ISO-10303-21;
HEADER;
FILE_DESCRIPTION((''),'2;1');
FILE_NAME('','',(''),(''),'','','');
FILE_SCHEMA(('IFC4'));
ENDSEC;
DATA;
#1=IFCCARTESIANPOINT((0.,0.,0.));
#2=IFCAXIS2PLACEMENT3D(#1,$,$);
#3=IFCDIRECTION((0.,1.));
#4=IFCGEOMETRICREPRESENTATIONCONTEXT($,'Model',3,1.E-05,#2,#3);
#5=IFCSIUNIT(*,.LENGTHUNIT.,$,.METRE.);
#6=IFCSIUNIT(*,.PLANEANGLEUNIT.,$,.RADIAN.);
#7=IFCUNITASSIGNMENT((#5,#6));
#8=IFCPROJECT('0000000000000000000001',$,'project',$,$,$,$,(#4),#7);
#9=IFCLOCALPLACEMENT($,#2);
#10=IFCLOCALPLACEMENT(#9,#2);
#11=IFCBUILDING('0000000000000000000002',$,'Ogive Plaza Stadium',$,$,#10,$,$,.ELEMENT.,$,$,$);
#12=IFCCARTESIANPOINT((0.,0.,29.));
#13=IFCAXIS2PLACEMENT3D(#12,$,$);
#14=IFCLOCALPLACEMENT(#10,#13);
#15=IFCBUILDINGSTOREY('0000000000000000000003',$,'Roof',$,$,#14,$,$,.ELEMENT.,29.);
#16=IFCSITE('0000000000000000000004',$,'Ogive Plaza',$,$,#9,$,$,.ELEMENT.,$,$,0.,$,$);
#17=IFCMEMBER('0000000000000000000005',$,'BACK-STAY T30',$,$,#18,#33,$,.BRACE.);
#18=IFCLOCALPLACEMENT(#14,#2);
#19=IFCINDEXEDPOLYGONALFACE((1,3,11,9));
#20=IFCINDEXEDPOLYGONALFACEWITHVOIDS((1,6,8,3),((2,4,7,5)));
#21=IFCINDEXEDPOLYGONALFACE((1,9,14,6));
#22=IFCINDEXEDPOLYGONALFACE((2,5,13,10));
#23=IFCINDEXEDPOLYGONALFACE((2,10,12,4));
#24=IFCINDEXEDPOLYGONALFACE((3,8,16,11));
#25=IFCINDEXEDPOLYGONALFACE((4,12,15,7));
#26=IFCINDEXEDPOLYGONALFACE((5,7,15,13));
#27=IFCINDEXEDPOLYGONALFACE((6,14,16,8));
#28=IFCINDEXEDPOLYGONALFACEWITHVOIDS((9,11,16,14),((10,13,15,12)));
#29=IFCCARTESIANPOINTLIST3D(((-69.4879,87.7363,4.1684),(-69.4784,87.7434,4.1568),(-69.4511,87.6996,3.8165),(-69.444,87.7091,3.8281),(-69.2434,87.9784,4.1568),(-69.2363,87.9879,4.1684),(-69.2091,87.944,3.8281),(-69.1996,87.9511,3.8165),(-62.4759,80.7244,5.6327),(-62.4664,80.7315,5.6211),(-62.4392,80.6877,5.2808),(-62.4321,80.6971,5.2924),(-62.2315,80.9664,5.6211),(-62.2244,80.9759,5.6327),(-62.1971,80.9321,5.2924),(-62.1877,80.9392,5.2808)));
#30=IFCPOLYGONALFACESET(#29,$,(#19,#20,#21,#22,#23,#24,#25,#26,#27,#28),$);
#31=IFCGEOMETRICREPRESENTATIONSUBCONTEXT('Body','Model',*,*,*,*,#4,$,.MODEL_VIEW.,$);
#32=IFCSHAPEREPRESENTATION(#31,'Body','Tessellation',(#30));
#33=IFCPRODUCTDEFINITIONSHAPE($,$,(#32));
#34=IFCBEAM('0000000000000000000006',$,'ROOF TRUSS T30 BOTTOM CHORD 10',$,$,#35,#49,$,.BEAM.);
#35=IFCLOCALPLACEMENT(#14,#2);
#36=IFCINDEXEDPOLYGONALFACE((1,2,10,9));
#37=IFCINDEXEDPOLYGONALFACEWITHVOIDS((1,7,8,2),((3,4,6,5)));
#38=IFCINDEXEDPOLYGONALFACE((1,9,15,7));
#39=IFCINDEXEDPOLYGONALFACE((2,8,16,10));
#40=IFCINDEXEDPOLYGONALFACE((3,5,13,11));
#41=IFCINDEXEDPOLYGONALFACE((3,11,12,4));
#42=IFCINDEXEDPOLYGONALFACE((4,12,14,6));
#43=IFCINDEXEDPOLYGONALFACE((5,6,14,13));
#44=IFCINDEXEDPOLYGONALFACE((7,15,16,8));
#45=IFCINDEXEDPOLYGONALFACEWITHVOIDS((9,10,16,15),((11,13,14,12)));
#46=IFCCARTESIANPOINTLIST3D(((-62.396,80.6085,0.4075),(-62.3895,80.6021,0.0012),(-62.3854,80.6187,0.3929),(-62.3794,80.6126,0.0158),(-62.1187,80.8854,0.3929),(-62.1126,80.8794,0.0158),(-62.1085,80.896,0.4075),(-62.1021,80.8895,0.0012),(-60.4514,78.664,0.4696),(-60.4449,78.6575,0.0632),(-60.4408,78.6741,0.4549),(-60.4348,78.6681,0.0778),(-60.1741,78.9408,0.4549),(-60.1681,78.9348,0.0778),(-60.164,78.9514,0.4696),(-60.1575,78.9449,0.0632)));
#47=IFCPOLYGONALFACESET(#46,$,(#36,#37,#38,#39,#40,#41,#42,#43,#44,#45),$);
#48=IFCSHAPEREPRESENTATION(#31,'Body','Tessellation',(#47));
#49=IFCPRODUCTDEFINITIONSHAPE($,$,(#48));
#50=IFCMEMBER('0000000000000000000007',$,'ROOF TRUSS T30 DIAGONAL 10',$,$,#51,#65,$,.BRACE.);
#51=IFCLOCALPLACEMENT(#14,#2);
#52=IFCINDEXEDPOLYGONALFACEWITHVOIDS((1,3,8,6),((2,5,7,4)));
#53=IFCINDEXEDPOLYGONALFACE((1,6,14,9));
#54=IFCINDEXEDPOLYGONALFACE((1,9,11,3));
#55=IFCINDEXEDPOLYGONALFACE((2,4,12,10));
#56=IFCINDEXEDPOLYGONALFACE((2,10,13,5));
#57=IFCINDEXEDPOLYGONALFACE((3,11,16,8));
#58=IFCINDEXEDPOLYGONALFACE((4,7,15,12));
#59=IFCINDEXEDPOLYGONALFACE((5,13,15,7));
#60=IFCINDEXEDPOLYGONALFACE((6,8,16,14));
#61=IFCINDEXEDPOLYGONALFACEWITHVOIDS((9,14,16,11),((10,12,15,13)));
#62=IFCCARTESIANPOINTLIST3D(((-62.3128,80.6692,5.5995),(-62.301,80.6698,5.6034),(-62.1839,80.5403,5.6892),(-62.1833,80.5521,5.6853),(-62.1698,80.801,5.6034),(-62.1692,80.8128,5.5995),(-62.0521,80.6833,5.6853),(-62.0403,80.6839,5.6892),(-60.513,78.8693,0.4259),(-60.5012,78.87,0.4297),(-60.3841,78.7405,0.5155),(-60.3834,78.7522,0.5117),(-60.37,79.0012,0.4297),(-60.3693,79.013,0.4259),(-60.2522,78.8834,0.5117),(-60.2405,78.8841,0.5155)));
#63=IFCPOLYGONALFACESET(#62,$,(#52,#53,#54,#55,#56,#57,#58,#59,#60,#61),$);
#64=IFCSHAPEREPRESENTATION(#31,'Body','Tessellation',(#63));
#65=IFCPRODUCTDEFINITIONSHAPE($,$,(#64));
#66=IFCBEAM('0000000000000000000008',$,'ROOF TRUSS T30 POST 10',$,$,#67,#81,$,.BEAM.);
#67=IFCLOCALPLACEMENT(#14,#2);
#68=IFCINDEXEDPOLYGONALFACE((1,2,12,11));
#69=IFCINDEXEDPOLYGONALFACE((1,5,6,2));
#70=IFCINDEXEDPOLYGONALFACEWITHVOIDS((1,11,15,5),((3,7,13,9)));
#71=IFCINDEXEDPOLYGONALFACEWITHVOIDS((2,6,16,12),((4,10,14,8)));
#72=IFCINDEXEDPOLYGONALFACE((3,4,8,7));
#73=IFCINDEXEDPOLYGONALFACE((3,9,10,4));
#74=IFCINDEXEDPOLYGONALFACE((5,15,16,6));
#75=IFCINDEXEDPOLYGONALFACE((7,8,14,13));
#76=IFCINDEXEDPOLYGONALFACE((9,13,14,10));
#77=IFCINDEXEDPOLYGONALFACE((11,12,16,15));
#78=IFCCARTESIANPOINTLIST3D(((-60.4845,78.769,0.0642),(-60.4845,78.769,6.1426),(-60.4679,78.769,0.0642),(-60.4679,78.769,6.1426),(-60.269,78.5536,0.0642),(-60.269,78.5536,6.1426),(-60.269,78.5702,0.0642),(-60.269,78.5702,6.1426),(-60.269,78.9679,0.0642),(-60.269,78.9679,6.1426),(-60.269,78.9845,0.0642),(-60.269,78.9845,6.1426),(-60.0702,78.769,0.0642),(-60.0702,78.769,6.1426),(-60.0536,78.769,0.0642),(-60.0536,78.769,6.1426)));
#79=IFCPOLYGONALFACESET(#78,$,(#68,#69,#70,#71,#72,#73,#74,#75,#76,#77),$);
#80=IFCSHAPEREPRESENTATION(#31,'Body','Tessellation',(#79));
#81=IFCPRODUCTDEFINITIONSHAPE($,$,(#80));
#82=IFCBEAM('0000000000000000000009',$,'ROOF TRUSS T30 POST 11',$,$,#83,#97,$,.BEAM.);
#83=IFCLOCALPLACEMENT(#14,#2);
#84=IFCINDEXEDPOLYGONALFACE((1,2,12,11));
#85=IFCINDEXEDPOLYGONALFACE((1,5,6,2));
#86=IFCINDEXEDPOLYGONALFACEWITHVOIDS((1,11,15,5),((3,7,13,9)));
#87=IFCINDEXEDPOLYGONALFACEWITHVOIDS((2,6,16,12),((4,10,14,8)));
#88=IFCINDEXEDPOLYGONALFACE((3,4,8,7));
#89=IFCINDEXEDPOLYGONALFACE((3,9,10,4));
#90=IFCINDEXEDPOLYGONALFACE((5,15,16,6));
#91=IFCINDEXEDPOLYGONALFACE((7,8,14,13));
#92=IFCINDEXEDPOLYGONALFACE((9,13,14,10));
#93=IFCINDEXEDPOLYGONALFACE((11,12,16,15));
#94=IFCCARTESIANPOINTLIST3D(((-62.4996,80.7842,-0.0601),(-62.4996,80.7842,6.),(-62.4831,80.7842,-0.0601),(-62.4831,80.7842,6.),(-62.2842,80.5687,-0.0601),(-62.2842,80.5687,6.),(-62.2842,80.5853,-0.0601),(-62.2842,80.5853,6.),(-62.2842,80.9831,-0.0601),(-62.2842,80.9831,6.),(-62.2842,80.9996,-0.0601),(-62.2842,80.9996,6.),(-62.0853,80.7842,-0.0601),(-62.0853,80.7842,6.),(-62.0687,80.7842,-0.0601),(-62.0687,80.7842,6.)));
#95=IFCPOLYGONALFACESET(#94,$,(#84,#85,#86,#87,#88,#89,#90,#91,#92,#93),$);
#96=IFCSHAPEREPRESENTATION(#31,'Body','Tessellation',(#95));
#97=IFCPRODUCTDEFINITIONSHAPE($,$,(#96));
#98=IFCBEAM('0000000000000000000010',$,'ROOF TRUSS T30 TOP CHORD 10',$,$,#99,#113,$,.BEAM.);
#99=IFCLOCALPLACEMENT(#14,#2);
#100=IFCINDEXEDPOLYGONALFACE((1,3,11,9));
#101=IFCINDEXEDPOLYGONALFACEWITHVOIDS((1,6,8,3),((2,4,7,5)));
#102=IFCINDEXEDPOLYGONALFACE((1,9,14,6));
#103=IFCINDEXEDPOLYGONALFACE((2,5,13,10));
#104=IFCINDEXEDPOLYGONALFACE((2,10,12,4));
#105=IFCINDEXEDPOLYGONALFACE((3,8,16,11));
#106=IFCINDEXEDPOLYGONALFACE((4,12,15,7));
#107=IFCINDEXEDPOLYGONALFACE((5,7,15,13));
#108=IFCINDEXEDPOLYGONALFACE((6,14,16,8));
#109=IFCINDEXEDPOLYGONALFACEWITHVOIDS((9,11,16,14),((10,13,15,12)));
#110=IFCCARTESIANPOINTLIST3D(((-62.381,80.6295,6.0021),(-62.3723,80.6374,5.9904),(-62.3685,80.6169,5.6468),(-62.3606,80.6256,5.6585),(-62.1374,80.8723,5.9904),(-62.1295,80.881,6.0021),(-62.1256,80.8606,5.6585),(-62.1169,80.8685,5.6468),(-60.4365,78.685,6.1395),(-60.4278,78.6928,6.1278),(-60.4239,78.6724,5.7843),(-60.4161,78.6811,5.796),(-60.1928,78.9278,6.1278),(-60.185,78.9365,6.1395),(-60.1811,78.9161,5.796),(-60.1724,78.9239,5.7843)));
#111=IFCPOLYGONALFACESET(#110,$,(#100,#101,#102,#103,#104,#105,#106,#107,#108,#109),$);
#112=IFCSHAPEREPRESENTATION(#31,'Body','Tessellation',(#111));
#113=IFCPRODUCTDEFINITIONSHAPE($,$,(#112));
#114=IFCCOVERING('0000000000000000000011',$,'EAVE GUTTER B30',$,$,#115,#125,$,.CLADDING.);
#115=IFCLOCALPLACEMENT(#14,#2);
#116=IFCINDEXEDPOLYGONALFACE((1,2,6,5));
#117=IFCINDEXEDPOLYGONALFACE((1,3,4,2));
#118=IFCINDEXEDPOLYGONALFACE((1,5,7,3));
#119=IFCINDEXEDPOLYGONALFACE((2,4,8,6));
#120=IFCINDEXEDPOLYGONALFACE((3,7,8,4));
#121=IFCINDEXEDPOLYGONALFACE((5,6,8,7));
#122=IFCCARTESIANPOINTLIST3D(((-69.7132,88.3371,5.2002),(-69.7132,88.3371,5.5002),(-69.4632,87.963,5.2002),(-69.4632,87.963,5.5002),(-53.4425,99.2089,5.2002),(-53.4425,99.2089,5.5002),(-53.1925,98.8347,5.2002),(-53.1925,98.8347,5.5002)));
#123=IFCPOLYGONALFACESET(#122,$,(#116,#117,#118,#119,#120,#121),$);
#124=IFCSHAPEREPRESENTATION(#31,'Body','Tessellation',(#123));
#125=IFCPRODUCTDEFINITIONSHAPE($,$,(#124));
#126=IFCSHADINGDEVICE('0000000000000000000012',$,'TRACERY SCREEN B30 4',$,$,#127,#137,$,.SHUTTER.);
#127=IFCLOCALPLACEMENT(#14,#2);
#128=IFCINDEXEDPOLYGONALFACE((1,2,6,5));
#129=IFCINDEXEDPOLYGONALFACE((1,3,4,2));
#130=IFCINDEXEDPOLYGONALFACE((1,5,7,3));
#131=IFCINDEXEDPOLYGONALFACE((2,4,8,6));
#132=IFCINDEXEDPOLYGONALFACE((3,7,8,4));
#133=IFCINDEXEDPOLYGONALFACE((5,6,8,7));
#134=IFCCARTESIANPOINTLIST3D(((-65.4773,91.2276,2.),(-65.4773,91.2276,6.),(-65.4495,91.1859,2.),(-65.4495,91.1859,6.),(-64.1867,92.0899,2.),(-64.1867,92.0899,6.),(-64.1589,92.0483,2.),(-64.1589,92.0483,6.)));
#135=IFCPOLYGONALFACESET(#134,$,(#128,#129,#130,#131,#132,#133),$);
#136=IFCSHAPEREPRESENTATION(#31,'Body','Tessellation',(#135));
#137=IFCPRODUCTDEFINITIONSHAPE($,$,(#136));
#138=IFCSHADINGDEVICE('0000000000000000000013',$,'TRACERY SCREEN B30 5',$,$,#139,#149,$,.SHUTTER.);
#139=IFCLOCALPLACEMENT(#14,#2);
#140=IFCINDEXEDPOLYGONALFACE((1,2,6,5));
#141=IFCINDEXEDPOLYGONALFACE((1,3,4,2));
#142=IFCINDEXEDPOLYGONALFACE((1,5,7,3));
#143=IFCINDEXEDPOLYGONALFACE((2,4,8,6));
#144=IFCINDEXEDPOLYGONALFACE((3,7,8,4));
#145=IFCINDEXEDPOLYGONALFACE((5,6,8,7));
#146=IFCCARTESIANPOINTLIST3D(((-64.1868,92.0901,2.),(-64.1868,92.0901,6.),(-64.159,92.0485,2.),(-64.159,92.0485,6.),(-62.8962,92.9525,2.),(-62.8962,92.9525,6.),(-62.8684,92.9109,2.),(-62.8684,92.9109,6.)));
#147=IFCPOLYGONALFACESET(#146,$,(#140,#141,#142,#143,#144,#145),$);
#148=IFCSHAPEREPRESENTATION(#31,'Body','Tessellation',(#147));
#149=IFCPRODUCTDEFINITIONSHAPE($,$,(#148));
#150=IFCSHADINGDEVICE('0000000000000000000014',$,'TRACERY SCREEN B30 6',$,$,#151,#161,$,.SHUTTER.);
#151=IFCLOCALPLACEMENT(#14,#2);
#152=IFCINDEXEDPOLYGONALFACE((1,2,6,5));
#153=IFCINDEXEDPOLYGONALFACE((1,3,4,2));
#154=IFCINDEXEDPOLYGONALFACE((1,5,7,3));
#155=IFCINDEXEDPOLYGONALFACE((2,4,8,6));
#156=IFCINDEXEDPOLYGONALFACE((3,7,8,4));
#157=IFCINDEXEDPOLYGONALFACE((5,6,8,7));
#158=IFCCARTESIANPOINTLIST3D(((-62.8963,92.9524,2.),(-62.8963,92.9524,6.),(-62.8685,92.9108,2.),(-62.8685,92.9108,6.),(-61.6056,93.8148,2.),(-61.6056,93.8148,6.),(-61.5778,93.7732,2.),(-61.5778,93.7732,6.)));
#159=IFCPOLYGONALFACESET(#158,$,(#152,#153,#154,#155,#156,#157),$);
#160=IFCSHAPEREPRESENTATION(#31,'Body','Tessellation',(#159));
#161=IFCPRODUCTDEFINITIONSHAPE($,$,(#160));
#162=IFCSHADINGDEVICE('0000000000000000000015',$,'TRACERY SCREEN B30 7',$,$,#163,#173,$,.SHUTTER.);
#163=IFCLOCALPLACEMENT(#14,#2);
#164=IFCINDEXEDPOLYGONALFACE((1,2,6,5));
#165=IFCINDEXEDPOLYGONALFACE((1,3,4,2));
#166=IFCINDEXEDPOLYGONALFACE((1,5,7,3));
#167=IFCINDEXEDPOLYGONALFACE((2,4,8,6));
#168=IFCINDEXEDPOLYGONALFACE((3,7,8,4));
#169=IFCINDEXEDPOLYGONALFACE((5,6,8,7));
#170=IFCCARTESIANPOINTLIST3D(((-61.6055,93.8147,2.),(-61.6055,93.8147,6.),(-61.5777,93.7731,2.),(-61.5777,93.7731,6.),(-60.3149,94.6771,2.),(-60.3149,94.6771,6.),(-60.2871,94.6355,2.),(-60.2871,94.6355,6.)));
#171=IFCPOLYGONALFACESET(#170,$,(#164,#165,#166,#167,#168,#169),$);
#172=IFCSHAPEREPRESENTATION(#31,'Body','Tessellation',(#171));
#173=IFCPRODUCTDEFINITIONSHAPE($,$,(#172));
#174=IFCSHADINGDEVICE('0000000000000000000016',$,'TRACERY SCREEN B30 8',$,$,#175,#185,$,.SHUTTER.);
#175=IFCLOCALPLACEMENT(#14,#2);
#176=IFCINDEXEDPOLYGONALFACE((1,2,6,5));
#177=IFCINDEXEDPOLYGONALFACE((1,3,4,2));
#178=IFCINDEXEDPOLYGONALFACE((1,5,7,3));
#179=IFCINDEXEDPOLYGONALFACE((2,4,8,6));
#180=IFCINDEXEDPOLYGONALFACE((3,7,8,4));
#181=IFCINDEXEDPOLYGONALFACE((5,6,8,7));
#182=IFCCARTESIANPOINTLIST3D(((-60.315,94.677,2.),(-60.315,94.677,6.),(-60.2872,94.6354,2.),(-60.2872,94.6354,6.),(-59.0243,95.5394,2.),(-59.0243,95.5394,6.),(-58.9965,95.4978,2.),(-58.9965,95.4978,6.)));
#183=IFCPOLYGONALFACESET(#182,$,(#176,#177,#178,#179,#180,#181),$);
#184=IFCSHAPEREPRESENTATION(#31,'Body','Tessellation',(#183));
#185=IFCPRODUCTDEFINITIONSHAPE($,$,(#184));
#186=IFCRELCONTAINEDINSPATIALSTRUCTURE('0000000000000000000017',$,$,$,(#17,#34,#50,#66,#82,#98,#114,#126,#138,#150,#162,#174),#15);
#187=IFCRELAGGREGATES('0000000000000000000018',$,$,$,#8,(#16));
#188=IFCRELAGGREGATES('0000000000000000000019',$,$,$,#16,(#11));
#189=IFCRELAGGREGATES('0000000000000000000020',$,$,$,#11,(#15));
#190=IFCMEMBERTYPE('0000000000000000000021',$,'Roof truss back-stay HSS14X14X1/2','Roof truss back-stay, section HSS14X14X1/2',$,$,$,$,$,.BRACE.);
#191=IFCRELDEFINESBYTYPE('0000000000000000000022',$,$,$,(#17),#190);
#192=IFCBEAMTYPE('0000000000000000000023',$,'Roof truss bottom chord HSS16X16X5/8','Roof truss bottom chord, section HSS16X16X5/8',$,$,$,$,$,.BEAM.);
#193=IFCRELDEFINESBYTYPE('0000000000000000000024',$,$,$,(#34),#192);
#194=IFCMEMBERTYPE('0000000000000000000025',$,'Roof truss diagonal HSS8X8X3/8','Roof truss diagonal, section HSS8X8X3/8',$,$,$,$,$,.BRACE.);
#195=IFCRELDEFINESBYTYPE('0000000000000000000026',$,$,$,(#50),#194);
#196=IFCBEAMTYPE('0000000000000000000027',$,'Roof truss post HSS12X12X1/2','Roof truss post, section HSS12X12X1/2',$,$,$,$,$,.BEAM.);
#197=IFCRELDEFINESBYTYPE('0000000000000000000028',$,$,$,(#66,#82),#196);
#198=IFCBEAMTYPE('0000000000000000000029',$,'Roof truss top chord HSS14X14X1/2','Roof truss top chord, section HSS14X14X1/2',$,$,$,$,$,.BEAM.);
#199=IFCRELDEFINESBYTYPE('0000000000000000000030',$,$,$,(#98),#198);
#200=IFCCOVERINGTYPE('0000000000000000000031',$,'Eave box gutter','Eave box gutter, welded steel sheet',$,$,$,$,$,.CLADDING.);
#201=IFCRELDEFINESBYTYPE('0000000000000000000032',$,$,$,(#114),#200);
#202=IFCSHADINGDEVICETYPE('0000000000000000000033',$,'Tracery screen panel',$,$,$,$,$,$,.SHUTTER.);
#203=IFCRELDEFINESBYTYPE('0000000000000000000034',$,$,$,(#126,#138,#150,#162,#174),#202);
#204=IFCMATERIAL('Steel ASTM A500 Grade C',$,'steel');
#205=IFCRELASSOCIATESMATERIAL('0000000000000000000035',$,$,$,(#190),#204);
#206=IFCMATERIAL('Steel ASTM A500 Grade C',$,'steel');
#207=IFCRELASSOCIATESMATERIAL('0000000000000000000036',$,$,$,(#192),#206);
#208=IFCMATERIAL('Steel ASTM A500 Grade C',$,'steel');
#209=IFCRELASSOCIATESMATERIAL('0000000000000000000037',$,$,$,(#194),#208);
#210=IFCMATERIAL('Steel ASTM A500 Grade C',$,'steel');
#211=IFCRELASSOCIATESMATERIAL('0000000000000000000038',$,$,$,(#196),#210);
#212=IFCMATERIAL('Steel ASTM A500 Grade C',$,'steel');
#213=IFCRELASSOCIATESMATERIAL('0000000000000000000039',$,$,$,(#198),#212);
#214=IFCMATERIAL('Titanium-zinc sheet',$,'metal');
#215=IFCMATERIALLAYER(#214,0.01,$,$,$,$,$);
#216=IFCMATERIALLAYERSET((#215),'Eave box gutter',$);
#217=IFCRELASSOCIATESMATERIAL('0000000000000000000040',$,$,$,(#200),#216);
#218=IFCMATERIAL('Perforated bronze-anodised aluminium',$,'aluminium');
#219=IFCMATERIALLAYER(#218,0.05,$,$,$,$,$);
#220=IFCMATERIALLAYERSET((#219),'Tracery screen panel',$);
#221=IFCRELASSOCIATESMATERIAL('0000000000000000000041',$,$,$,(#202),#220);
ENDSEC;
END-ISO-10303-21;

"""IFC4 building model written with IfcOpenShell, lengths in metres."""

from ifc_helpers import new_model, si_unit, direction, frame, origin, origin_2d, place, context, subcontext, project, spatial, rectangle, hollow_rectangle, extrude, material, layer, layer_set, material_profile, profile_set, type_object, element, save


model = new_model("IFC4")

# Units and contexts
model_context = context("Model", 3, precision=1e-05, world=origin(), true_north=direction((0.0, 1.0)))
body_context = subcontext(model_context, "Body", "Model", "MODEL_VIEW")
ifc_project = project(units=[si_unit("LENGTHUNIT", "METRE"), si_unit("PLANEANGLEUNIT", "RADIAN")], contexts=[model_context])

# Site, building, storey
site_placement = place(None, origin())
site = spatial("IfcSite", under=ifc_project, at=site_placement, Name="Ogive Plaza", CompositionType="ELEMENT", RefElevation=0.0)
building_placement = place(site_placement, origin())
building = spatial("IfcBuilding", under=site, at=building_placement, Name="Ogive Plaza Stadium", CompositionType="ELEMENT")
storey_placement = place(building_placement, frame((0.0, 0.0, 29.0)))
storey = spatial("IfcBuildingStorey", under=building, at=storey_placement, Name="Roof", CompositionType="ELEMENT", Elevation=29.0)

# Member
ifc_material_1 = material(Name="Steel ASTM A500 Grade C", Category="steel")
ifc_material_profile_1 = material_profile(ifc_material_1, hollow_rectangle(XDim=0.3557, YDim=0.3557, WallThickness=0.0117, at=origin_2d()), Name="HSS14X14X1/2")
ifc_profile_set_1 = profile_set([ifc_material_profile_1], Name="Steel ASTM A500 Grade C")
member_type_1 = type_object("IfcMemberType", Name="Roof truss back-stay HSS14X14X1/2", Description="Roof truss back-stay, section HSS14X14X1/2", PredefinedType="BRACE", material=ifc_profile_set_1)
member_1_placement = place(storey_placement, frame((-62.3318, 80.8318, 5.4568), z_axis=(-0.699521, 0.699521, -0.146086), x_axis=(-0.707107, -0.707107, 0.0)))
element("IfcMember", 1, at=member_1_placement, inside=storey, type_object=member_type_1, Name="BACK-STAY T30", PredefinedType="BRACE", context=body_context, shape_type="SweptSolid", body=[
    extrude(hollow_rectangle(XDim=0.3557, YDim=0.3557, WallThickness=0.0117, at=origin_2d()), origin(), (0.0, 0.0, 1.0), 10.0239),
])

# Beam
ifc_material_2 = material(Name="Steel ASTM A500 Grade C", Category="steel")
ifc_material_profile_2 = material_profile(ifc_material_2, hollow_rectangle(XDim=0.4065, YDim=0.4065, WallThickness=0.0146, at=origin_2d()), Name="HSS16X16X5/8")
ifc_profile_set_2 = profile_set([ifc_material_profile_2], Name="Steel ASTM A500 Grade C")
beam_type_1 = type_object("IfcBeamType", Name="Roof truss bottom chord HSS16X16X5/8", Description="Roof truss bottom chord, section HSS16X16X5/8", PredefinedType="BEAM", material=ifc_profile_set_2)
beam_1_placement = place(storey_placement, frame((-60.3044, 78.8044, 0.2664), z_axis=(-0.706927, 0.706927, -0.022544), x_axis=(-0.707107, -0.707107, 0.0)))
element("IfcBeam", 2, at=beam_1_placement, inside=storey, type_object=beam_type_1, Name="ROOF TRUSS T30 BOTTOM CHORD 10", PredefinedType="BEAM", context=body_context, shape_type="SweptSolid", body=[
    extrude(hollow_rectangle(XDim=0.4065, YDim=0.4065, WallThickness=0.0146, at=origin_2d()), origin(), (0.0, 0.0, 1.0), 2.7507),
])

# Member
ifc_material_3 = material(Name="Steel ASTM A500 Grade C", Category="steel")
ifc_material_profile_3 = material_profile(ifc_material_3, hollow_rectangle(XDim=0.2031, YDim=0.2031, WallThickness=0.0088, at=origin_2d()), Name="HSS8X8X3/8")
ifc_profile_set_3 = profile_set([ifc_material_profile_3], Name="Steel ASTM A500 Grade C")
member_type_2 = type_object("IfcMemberType", Name="Roof truss diagonal HSS8X8X3/8", Description="Roof truss diagonal, section HSS8X8X3/8", PredefinedType="BRACE", material=ifc_profile_set_3)
member_2_placement = place(storey_placement, frame((-60.3767, 78.8767, 0.4707), z_axis=(-0.312151, 0.312151, 0.897287), x_axis=(-0.707107, -0.707107, 0.0)))
element("IfcMember", 3, at=member_2_placement, inside=storey, type_object=member_type_2, Name="ROOF TRUSS T30 DIAGONAL 10", PredefinedType="BRACE", context=body_context, shape_type="SweptSolid", body=[
    extrude(hollow_rectangle(XDim=0.2031, YDim=0.2031, WallThickness=0.0088, at=origin_2d()), origin(), (0.0, 0.0, 1.0), 5.7659),
])

# Beams
ifc_material_4 = material(Name="Steel ASTM A500 Grade C", Category="steel")
ifc_material_profile_4 = material_profile(ifc_material_4, hollow_rectangle(XDim=0.3047, YDim=0.3047, WallThickness=0.0117, at=origin_2d()), Name="HSS12X12X1/2")
ifc_profile_set_4 = profile_set([ifc_material_profile_4], Name="Steel ASTM A500 Grade C")
beam_type_2 = type_object("IfcBeamType", Name="Roof truss post HSS12X12X1/2", Description="Roof truss post, section HSS12X12X1/2", PredefinedType="BEAM", material=ifc_profile_set_4)
beam_2_placement = place(storey_placement, frame((-60.269, 78.769, 0.0642), z_axis=(0.0, 0.0, 1.0), x_axis=(-0.707107, -0.707107, 0.0)))
element("IfcBeam", 4, at=beam_2_placement, inside=storey, type_object=beam_type_2, Name="ROOF TRUSS T30 POST 10", PredefinedType="BEAM", context=body_context, shape_type="SweptSolid", body=[
    extrude(hollow_rectangle(XDim=0.3047, YDim=0.3047, WallThickness=0.0117, at=origin_2d()), origin(), (0.0, 0.0, 1.0), 6.0784),
])
beam_3_placement = place(storey_placement, frame((-62.2842, 80.7842, -0.0601), z_axis=(0.0, 0.0, 1.0), x_axis=(-0.707107, -0.707107, 0.0)))
element("IfcBeam", 5, at=beam_3_placement, inside=storey, type_object=beam_type_2, Name="ROOF TRUSS T30 POST 11", PredefinedType="BEAM", context=body_context, shape_type="SweptSolid", body=[
    extrude(hollow_rectangle(XDim=0.3047, YDim=0.3047, WallThickness=0.0117, at=origin_2d()), origin(), (0.0, 0.0, 1.0), 6.0601),
])
ifc_material_5 = material(Name="Steel ASTM A500 Grade C", Category="steel")
ifc_material_profile_5 = material_profile(ifc_material_5, hollow_rectangle(XDim=0.3557, YDim=0.3557, WallThickness=0.0117, at=origin_2d()), Name="HSS14X14X1/2")
ifc_profile_set_5 = profile_set([ifc_material_profile_5], Name="Steel ASTM A500 Grade C")
beam_type_3 = type_object("IfcBeamType", Name="Roof truss top chord HSS14X14X1/2", Description="Roof truss top chord, section HSS14X14X1/2", PredefinedType="BEAM", material=ifc_profile_set_5)
beam_4_placement = place(storey_placement, frame((-60.3044, 78.8044, 5.9619), z_axis=(-0.706225, 0.706225, -0.049919), x_axis=(-0.707107, -0.707107, 0.0)))
element("IfcBeam", 6, at=beam_4_placement, inside=storey, type_object=beam_type_3, Name="ROOF TRUSS T30 TOP CHORD 10", PredefinedType="BEAM", context=body_context, shape_type="SweptSolid", body=[
    extrude(hollow_rectangle(XDim=0.3557, YDim=0.3557, WallThickness=0.0117, at=origin_2d()), origin(), (0.0, 0.0, 1.0), 2.7534),
])

# Covering
ifc_material_6 = material(Name="Titanium-zinc sheet", Category="metal")
ifc_layer_1 = layer(ifc_material_6, 0.01)
ifc_layer_set_1 = layer_set([ifc_layer_1], Name="Eave box gutter")
covering_type = type_object("IfcCoveringType", Name="Eave box gutter", Description="Eave box gutter, welded steel sheet", PredefinedType="CLADDING", material=ifc_layer_set_1)
covering_placement = place(storey_placement, frame((-61.4529, 93.5859, 5.2002), z_axis=(0.0, 0.0, 1.0), x_axis=(0.83147, 0.55557, 0.0)))
element("IfcCovering", 7, at=covering_placement, inside=storey, type_object=covering_type, Name="EAVE GUTTER B30", PredefinedType="CLADDING", context=body_context, shape_type="SweptSolid", body=[
    extrude(rectangle(XDim=19.5686, YDim=0.45, at=origin_2d()), origin(), (0.0, 0.0, 1.0), 0.3),
])

# Shading devices
ifc_material_7 = material(Name="Perforated bronze-anodised aluminium", Category="aluminium")
ifc_layer_2 = layer(ifc_material_7, 0.05)
ifc_layer_set_2 = layer_set([ifc_layer_2], Name="Tracery screen panel")
shading_device_type = type_object("IfcShadingDeviceType", Name="Tracery screen panel", PredefinedType="SHUTTER", material=ifc_layer_set_2)
for number, where, z_axis, x_axis, name in (
    (8, (-64.8181, 91.6379, 2.0), (0.0, 0.0, 1.0), (0.83147, 0.55557, 0.0), "TRACERY SCREEN B30 4"),
    (9, (-63.5276, 92.5005, 2.0), (0.0, 0.0, 1.0), (0.83147, 0.55557, 0.0), "TRACERY SCREEN B30 5"),
    (10, (-62.2371, 93.3628, 2.0), (0.0, 0.0, 1.0), (0.83147, 0.55557, 0.0), "TRACERY SCREEN B30 6"),
    (11, (-60.9463, 94.2251, 2.0), (0.0, 0.0, 1.0), (0.83147, 0.55557, 0.0), "TRACERY SCREEN B30 7"),
    (12, (-59.6558, 95.0874, 2.0), (0.0, 0.0, 1.0), (0.83147, 0.55557, 0.0), "TRACERY SCREEN B30 8"),
):
    element("IfcShadingDevice", number, at=place(storey_placement, frame(where, z_axis=z_axis, x_axis=x_axis)), inside=storey, type_object=shading_device_type, Name=name, PredefinedType="SHUTTER", context=body_context, shape_type="SweptSolid", body=[
        extrude(rectangle(XDim=1.5522, YDim=0.05, at=origin_2d()), origin(), (0.0, 0.0, 1.0), 4.0),
    ])

save(model, "model.ifc")
